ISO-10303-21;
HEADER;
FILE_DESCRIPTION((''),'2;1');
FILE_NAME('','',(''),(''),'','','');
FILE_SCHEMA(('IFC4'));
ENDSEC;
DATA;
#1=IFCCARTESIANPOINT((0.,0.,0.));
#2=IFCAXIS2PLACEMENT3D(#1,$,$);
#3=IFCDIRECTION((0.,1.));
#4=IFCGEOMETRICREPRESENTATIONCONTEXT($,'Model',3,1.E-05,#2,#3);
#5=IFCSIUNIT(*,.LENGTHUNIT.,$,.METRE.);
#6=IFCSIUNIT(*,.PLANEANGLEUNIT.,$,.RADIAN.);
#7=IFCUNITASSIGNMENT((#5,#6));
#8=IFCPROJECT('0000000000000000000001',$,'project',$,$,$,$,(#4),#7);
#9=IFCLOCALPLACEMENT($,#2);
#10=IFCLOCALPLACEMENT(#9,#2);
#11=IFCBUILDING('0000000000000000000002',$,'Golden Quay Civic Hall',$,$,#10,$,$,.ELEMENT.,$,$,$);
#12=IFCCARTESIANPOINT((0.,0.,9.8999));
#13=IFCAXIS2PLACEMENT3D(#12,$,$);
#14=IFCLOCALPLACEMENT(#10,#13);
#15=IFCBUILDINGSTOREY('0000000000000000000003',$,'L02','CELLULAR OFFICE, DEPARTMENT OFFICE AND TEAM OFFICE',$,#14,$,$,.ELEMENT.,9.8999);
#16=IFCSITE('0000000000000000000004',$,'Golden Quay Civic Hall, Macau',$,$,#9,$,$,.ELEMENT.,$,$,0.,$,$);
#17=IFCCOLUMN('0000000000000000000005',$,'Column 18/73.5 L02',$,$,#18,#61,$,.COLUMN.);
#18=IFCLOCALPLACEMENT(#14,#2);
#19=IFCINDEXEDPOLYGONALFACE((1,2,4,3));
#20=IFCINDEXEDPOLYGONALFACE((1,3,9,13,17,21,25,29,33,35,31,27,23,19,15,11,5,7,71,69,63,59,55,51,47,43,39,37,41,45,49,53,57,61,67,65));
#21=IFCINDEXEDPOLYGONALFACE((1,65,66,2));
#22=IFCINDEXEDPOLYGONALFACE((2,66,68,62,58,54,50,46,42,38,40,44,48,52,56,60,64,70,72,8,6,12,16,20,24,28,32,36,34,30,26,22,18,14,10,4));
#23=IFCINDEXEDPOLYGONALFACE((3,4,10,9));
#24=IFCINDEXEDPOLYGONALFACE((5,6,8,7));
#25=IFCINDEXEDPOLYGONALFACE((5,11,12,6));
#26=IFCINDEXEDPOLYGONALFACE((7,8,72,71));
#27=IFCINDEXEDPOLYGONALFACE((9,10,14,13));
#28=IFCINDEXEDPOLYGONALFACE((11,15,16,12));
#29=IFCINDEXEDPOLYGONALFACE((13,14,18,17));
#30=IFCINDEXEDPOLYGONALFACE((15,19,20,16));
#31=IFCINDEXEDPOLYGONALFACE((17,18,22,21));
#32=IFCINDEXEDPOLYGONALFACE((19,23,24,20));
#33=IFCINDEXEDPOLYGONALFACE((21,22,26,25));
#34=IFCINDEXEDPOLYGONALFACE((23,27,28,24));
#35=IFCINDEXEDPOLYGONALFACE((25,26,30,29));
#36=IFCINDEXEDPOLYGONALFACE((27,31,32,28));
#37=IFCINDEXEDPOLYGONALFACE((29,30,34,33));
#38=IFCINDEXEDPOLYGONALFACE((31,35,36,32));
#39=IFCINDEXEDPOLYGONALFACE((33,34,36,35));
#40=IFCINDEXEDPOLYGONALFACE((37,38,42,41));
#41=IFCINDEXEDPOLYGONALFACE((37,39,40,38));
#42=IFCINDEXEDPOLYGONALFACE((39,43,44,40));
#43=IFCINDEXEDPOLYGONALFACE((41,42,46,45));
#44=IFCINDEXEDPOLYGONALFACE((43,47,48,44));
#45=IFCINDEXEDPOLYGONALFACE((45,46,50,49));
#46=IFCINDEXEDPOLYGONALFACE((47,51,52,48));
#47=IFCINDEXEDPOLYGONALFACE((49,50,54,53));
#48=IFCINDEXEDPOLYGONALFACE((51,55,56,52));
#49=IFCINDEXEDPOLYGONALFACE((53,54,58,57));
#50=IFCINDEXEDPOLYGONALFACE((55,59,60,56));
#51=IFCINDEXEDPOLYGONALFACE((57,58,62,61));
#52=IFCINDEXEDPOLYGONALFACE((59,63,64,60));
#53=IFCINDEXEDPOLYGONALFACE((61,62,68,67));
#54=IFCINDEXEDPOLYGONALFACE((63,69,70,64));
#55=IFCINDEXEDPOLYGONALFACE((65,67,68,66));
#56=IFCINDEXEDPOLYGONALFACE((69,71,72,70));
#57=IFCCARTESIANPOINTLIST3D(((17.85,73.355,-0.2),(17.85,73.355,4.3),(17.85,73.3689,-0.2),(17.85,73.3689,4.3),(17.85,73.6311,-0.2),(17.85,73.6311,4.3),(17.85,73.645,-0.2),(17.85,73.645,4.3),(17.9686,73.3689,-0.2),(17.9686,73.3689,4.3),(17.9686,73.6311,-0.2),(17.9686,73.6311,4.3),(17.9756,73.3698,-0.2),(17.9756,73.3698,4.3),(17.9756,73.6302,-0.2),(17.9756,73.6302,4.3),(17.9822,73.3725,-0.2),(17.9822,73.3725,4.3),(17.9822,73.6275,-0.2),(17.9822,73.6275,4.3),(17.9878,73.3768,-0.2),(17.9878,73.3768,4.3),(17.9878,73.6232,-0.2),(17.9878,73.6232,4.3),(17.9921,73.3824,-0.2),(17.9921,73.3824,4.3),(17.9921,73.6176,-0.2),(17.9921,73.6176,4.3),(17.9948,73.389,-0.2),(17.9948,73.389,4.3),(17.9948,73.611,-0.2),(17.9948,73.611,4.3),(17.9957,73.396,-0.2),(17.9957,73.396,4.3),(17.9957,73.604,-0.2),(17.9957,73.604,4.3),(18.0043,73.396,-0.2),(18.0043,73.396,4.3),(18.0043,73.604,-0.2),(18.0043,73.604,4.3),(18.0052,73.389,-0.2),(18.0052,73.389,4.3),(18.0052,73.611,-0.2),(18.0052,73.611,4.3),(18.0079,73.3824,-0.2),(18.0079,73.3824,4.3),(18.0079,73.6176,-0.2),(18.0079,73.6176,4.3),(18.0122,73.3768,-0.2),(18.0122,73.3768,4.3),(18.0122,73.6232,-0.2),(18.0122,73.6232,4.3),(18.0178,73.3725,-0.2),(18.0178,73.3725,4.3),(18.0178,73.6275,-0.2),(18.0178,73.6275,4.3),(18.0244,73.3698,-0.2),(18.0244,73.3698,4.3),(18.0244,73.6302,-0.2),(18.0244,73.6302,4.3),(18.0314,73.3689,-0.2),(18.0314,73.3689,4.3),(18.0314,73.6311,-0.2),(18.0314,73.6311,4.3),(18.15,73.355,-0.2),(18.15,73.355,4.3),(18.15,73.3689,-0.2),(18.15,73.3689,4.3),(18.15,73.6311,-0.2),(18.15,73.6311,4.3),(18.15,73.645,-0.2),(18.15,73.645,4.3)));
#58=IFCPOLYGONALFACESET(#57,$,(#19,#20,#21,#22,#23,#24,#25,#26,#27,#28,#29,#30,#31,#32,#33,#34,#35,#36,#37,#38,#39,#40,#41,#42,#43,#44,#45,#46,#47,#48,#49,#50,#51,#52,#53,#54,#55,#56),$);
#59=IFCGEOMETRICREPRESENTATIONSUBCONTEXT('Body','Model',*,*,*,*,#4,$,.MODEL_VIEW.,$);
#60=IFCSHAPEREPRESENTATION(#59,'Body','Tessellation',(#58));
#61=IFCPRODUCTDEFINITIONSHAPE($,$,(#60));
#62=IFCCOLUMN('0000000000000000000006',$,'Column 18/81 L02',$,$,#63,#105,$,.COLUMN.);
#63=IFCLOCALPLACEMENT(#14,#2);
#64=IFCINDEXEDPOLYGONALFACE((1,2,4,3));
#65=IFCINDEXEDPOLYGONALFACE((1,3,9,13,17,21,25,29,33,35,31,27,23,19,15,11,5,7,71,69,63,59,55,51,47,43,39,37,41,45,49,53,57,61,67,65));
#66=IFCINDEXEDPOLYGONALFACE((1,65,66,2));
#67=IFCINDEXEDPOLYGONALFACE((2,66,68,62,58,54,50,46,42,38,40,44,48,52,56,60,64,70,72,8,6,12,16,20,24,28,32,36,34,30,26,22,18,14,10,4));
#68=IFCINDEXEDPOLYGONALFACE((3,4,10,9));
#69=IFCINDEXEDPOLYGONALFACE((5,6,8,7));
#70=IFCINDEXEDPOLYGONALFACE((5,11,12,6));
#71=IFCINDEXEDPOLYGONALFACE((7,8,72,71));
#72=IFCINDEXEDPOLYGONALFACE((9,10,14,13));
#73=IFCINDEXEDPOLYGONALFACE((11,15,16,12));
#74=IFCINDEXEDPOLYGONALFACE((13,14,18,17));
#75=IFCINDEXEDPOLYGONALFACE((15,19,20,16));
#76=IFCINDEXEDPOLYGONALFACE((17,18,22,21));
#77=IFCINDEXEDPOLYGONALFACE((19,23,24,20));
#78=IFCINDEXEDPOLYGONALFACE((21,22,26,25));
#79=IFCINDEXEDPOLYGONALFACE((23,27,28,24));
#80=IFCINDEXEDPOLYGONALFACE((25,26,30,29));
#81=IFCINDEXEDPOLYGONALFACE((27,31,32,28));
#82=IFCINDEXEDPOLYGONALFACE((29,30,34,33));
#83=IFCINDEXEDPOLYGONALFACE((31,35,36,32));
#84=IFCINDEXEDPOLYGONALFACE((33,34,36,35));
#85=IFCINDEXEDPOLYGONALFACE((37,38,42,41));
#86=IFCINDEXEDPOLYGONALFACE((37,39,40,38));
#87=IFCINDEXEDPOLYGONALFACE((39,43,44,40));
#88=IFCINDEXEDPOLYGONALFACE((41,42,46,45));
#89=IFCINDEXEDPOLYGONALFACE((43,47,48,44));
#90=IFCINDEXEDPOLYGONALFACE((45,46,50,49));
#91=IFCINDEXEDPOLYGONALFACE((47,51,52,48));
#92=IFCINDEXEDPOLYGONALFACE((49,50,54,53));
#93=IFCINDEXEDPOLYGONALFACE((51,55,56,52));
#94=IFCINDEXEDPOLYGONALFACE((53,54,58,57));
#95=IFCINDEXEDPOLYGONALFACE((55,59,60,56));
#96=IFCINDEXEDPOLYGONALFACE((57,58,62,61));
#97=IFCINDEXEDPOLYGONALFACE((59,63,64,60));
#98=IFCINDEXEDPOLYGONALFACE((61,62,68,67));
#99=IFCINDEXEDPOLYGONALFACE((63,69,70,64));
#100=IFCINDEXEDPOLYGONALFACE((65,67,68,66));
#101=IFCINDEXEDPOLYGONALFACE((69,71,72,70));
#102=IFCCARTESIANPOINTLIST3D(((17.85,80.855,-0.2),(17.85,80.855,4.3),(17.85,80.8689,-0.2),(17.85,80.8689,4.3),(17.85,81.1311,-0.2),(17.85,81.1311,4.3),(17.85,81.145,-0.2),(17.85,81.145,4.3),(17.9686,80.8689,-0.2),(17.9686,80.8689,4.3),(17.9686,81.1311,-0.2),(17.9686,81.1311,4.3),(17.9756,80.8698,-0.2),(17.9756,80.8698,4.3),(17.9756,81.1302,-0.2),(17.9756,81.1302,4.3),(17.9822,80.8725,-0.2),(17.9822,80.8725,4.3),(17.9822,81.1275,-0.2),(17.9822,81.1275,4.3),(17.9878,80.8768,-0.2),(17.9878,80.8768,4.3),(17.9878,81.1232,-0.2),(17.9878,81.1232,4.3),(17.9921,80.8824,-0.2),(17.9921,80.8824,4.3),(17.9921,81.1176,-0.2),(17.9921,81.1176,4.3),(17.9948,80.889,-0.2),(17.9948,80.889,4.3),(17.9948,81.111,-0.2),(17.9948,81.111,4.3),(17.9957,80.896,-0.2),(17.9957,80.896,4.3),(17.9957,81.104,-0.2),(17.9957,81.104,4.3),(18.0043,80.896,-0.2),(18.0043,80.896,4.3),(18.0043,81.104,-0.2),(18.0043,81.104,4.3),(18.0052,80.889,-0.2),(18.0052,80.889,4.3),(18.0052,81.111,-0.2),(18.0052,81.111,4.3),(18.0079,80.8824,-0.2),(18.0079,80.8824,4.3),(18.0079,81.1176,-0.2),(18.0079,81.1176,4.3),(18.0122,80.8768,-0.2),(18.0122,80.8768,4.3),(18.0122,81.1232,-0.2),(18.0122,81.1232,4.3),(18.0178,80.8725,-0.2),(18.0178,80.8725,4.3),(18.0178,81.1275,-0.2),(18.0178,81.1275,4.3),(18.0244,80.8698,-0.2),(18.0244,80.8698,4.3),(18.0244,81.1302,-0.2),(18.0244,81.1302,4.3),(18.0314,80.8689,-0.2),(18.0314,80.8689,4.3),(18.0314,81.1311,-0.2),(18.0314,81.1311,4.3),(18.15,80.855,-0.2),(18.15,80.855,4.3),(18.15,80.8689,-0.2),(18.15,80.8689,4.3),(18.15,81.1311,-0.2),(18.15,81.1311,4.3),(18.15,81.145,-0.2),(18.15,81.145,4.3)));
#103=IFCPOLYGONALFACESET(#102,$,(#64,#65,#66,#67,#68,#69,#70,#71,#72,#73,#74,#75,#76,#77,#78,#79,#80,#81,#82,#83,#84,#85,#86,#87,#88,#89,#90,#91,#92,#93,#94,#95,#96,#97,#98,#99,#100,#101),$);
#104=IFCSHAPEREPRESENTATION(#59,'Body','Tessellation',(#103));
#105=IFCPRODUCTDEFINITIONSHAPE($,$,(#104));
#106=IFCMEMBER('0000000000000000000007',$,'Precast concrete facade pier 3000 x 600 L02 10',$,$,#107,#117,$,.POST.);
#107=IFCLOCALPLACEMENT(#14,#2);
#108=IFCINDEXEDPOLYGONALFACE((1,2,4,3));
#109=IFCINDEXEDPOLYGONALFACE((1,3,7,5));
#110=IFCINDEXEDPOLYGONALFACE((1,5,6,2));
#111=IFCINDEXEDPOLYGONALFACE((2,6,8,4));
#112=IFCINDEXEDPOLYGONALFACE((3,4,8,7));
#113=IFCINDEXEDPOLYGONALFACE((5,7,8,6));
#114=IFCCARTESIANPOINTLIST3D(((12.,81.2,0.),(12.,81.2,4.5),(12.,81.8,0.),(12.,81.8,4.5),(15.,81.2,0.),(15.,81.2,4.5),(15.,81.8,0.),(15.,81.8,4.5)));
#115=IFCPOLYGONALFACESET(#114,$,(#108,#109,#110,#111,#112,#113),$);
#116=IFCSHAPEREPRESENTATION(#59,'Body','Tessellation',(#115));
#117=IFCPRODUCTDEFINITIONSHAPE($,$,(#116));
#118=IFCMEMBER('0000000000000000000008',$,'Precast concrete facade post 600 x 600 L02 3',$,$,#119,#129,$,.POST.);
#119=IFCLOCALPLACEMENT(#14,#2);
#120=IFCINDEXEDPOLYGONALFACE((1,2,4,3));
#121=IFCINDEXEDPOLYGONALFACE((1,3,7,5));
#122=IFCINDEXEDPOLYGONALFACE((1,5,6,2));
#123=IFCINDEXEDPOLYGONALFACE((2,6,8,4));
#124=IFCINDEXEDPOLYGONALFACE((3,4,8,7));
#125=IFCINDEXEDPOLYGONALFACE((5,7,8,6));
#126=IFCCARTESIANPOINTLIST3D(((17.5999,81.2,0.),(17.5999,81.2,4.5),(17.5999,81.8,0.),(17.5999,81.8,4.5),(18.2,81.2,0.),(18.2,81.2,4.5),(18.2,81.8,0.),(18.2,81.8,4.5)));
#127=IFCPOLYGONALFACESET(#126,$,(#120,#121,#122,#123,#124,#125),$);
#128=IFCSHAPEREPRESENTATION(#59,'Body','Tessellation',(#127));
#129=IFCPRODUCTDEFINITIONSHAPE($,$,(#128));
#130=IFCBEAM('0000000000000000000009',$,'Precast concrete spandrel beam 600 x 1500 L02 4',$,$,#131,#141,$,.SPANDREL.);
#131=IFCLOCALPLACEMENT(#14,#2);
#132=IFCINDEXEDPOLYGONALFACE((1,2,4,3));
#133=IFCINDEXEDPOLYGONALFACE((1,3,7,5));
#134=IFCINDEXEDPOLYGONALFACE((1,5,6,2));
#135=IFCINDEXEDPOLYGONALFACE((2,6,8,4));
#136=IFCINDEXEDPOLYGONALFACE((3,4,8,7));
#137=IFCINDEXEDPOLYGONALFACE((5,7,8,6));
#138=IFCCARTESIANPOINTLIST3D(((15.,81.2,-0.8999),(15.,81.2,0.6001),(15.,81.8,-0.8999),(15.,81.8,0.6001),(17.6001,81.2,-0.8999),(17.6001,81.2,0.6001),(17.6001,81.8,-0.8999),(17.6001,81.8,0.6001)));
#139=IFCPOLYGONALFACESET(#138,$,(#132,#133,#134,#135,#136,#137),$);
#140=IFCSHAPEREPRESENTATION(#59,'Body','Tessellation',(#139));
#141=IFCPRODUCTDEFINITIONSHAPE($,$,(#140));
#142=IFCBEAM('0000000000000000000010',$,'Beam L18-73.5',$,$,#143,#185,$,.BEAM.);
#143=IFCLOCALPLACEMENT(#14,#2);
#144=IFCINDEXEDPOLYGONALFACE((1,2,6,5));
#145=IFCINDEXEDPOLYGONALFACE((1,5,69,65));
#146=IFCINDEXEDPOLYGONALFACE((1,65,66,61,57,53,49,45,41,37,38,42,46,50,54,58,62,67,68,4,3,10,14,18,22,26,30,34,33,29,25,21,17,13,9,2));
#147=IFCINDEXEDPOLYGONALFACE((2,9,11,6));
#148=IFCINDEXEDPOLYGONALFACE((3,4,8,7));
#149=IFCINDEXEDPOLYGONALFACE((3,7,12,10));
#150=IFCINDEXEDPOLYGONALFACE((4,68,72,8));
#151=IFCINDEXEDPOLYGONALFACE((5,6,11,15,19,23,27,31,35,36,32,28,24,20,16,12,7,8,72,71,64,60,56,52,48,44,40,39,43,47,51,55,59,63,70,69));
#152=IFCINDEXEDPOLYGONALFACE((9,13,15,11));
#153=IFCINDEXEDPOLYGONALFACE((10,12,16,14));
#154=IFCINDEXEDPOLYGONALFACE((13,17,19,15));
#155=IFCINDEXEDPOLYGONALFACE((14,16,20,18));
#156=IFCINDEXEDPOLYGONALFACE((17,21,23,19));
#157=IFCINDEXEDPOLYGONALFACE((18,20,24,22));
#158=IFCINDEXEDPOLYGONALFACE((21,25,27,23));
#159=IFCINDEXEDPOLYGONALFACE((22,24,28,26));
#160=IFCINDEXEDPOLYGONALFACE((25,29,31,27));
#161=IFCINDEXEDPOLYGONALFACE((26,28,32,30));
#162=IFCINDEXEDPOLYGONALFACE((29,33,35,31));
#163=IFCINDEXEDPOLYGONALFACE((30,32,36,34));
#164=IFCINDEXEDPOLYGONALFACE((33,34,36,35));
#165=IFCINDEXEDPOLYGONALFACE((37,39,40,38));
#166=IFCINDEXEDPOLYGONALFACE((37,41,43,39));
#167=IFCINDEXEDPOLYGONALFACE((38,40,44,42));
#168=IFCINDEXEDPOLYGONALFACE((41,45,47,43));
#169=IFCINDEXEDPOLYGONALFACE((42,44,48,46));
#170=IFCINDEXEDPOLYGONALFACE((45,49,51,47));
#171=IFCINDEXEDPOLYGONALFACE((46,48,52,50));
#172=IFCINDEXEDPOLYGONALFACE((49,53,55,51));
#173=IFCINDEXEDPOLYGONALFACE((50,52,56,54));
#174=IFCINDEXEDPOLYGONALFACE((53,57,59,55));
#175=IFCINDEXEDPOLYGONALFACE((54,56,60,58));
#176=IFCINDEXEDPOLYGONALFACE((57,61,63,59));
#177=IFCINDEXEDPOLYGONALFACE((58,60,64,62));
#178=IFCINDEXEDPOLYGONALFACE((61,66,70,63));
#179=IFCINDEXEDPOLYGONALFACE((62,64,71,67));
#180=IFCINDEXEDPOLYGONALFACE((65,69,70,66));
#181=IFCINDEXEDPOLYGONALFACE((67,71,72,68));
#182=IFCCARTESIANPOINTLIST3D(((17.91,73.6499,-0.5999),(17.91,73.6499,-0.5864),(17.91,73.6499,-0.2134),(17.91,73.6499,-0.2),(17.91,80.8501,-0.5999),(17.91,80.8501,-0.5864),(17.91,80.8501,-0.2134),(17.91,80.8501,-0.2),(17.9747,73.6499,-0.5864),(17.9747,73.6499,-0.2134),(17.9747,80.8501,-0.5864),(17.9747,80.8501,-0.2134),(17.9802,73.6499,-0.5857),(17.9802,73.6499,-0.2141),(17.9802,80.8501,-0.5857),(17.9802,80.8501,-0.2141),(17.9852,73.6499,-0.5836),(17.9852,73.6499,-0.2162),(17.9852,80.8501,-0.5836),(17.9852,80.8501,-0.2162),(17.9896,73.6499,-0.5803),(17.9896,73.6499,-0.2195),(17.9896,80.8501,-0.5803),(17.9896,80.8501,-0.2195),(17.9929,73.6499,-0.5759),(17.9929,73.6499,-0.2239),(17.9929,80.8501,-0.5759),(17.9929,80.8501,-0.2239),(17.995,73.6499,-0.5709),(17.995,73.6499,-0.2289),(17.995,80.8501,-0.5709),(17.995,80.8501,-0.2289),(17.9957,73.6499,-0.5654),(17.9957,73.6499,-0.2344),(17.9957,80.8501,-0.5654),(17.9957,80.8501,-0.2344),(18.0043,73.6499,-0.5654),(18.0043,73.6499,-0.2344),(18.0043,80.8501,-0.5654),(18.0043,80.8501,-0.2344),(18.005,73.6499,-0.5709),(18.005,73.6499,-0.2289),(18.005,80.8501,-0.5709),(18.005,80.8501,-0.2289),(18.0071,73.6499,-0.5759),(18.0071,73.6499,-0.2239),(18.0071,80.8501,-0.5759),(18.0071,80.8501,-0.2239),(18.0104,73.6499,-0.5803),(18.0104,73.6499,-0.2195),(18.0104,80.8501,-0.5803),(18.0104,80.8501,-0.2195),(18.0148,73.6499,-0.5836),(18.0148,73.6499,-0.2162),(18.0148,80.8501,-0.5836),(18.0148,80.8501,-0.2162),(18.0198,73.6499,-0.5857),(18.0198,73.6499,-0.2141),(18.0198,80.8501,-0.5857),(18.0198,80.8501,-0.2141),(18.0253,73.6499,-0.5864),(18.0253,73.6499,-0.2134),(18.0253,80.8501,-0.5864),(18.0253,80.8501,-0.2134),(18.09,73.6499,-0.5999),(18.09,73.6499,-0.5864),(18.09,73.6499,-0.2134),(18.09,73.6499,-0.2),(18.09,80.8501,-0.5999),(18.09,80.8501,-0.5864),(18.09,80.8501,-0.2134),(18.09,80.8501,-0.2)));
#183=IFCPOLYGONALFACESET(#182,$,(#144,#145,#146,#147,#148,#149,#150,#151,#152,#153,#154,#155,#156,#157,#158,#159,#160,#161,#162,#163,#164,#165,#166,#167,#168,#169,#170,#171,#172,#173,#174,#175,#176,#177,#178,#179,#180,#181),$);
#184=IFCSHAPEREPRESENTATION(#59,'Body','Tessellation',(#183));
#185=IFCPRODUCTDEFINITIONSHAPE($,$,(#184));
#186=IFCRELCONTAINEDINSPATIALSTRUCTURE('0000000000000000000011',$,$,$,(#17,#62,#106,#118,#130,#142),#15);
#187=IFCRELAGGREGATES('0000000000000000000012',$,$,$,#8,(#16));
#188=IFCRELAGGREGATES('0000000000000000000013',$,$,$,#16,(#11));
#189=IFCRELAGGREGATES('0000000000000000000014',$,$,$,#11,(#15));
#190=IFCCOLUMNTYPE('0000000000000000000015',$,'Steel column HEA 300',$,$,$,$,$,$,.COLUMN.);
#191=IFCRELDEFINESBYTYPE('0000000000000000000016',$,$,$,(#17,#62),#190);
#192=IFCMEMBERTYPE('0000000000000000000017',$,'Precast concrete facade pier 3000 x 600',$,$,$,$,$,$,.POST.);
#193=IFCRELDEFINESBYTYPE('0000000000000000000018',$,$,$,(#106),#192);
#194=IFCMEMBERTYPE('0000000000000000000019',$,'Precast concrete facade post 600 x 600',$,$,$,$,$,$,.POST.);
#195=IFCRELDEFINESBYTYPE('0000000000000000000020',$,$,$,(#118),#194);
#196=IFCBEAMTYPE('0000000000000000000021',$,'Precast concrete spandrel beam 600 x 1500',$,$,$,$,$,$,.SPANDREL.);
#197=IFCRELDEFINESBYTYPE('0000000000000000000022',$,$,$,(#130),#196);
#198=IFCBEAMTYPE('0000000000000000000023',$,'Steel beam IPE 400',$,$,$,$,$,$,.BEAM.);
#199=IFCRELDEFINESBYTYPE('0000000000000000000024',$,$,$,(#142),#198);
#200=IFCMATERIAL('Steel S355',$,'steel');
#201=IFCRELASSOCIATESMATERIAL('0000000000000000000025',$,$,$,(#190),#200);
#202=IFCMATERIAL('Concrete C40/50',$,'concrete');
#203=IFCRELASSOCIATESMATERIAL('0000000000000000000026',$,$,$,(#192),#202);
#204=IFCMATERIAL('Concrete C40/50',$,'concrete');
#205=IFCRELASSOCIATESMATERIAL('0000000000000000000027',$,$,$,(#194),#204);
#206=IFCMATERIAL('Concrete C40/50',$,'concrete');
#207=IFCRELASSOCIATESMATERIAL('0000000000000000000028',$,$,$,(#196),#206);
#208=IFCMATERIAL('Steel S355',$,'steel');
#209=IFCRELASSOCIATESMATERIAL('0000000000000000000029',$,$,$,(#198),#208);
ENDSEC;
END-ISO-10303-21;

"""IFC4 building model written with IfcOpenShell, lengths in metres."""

from ifc_helpers import new_model, si_unit, direction, frame, origin, origin_2d, place, context, subcontext, project, spatial, rectangle, i_section, extrude, material, material_profile, profile_set, type_object, element, save


model = new_model("IFC4")

# Units and contexts
model_context = context("Model", 3, precision=1e-05, world=origin(), true_north=direction((0.0, 1.0)))
body_context = subcontext(model_context, "Body", "Model", "MODEL_VIEW")
ifc_project = project(units=[si_unit("LENGTHUNIT", "METRE"), si_unit("PLANEANGLEUNIT", "RADIAN")], contexts=[model_context])

# Site, building, storey
site_placement = place(None, origin())
site = spatial("IfcSite", under=ifc_project, at=site_placement, Name="Golden Quay Civic Hall, Macau", CompositionType="ELEMENT", RefElevation=0.0)
building_placement = place(site_placement, origin())
building = spatial("IfcBuilding", under=site, at=building_placement, Name="Golden Quay Civic Hall", CompositionType="ELEMENT")
storey_placement = place(building_placement, frame((0.0, 0.0, 9.8999)))
storey = spatial("IfcBuildingStorey", under=building, at=storey_placement, Name="L02", Description="CELLULAR OFFICE, DEPARTMENT OFFICE AND TEAM OFFICE", CompositionType="ELEMENT", Elevation=9.8999)

# Columns
ifc_material_1 = material(Name="Steel S355", Category="steel")
ifc_material_profile_1 = material_profile(ifc_material_1, i_section(OverallWidth=0.3, OverallDepth=0.29, WebThickness=0.0085, FlangeThickness=0.0139, FilletRadius=0.0271, at=origin_2d()), Name="HEA 300")
ifc_profile_set_1 = profile_set([ifc_material_profile_1], Name="Steel S355")
column_type = type_object("IfcColumnType", Name="Steel column HEA 300", PredefinedType="COLUMN", material=ifc_profile_set_1)
for number, where, z_axis, x_axis, name in (
    (1, (18.0, 73.5, -0.2), (0.0, 0.0, 1.0), (1.0, 0.0, 0.0), "Column 18/73.5 L02"),
    (2, (18.0, 81.0, -0.2), (0.0, 0.0, 1.0), (1.0, 0.0, 0.0), "Column 18/81 L02"),
):
    element("IfcColumn", number, at=place(storey_placement, frame(where, z_axis=z_axis, x_axis=x_axis)), inside=storey, type_object=column_type, Name=name, PredefinedType="COLUMN", context=body_context, shape_type="SweptSolid", body=[
        extrude(i_section(OverallWidth=0.3, OverallDepth=0.29, WebThickness=0.0085, FlangeThickness=0.0139, FilletRadius=0.0271, at=origin_2d()), origin(), (0.0, 0.0, 1.0), 4.5),
    ])

# Members
ifc_material_2 = material(Name="Concrete C40/50", Category="concrete")
ifc_material_profile_2 = material_profile(ifc_material_2, rectangle(XDim=3.0, YDim=0.6001, at=origin_2d()), Name="RC 3000x600")
ifc_profile_set_2 = profile_set([ifc_material_profile_2], Name="Concrete C40/50")
member_type_1 = type_object("IfcMemberType", Name="Precast concrete facade pier 3000 x 600", PredefinedType="POST", material=ifc_profile_set_2)
member_1_placement = place(storey_placement, frame((13.5, 81.5, 0.0), z_axis=(0.0, 0.0, 1.0), x_axis=(1.0, 0.0, 0.0)))
element("IfcMember", 3, at=member_1_placement, inside=storey, type_object=member_type_1, Name="Precast concrete facade pier 3000 x 600 L02 10", PredefinedType="POST", context=body_context, shape_type="SweptSolid", body=[
    extrude(rectangle(XDim=3.0, YDim=0.6001, at=origin_2d()), origin(), (0.0, 0.0, 1.0), 4.5),
])
ifc_material_3 = material(Name="Concrete C40/50", Category="concrete")
ifc_material_profile_3 = material_profile(ifc_material_3, rectangle(XDim=0.6001, YDim=0.6001, at=origin_2d()), Name="RC 600x600")
ifc_profile_set_3 = profile_set([ifc_material_profile_3], Name="Concrete C40/50")
member_type_2 = type_object("IfcMemberType", Name="Precast concrete facade post 600 x 600", PredefinedType="POST", material=ifc_profile_set_3)
member_2_placement = place(storey_placement, frame((17.8999, 81.5, 0.0), z_axis=(0.0, 0.0, 1.0), x_axis=(1.0, 0.0, 0.0)))
element("IfcMember", 4, at=member_2_placement, inside=storey, type_object=member_type_2, Name="Precast concrete facade post 600 x 600 L02 3", PredefinedType="POST", context=body_context, shape_type="SweptSolid", body=[
    extrude(rectangle(XDim=0.6001, YDim=0.6001, at=origin_2d()), origin(), (0.0, 0.0, 1.0), 4.5),
])

# Beams
ifc_material_4 = material(Name="Concrete C40/50", Category="concrete")
ifc_material_profile_4 = material_profile(ifc_material_4, rectangle(XDim=0.6001, YDim=1.5, at=origin_2d()), Name="RC 600x1500")
ifc_profile_set_4 = profile_set([ifc_material_profile_4], Name="Concrete C40/50")
beam_type_1 = type_object("IfcBeamType", Name="Precast concrete spandrel beam 600 x 1500", PredefinedType="SPANDREL", material=ifc_profile_set_4)
beam_1_placement = place(storey_placement, frame((15.0, 81.5, -0.1499), z_axis=(1.0, 0.0, 0.0), x_axis=(0.0, 1.0, 0.0)))
element("IfcBeam", 5, at=beam_1_placement, inside=storey, type_object=beam_type_1, Name="Precast concrete spandrel beam 600 x 1500 L02 4", PredefinedType="SPANDREL", context=body_context, shape_type="SweptSolid", body=[
    extrude(rectangle(XDim=0.6001, YDim=1.5, at=origin_2d()), origin(), (0.0, 0.0, 1.0), 2.6001),
])
ifc_material_5 = material(Name="Steel S355", Category="steel")
ifc_material_profile_5 = material_profile(ifc_material_5, i_section(OverallWidth=0.1799, OverallDepth=0.3999, WebThickness=0.0085, FlangeThickness=0.0134, FilletRadius=0.021, at=origin_2d()), Name="IPE 400")
ifc_profile_set_5 = profile_set([ifc_material_profile_5], Name="Steel S355")
beam_type_2 = type_object("IfcBeamType", Name="Steel beam IPE 400", PredefinedType="BEAM", material=ifc_profile_set_5)
beam_2_placement = place(storey_placement, frame((18.0, 73.6499, -0.3999), z_axis=(0.0, 1.0, 0.0), x_axis=(-1.0, 0.0, 0.0)))
element("IfcBeam", 6, at=beam_2_placement, inside=storey, type_object=beam_type_2, Name="Beam L18-73.5", PredefinedType="BEAM", context=body_context, shape_type="SweptSolid", body=[
    extrude(i_section(OverallWidth=0.1799, OverallDepth=0.3999, WebThickness=0.0085, FlangeThickness=0.0134, FilletRadius=0.021, at=origin_2d()), origin(), (0.0, 0.0, 1.0), 7.2002),
])

save(model, "model.ifc")
